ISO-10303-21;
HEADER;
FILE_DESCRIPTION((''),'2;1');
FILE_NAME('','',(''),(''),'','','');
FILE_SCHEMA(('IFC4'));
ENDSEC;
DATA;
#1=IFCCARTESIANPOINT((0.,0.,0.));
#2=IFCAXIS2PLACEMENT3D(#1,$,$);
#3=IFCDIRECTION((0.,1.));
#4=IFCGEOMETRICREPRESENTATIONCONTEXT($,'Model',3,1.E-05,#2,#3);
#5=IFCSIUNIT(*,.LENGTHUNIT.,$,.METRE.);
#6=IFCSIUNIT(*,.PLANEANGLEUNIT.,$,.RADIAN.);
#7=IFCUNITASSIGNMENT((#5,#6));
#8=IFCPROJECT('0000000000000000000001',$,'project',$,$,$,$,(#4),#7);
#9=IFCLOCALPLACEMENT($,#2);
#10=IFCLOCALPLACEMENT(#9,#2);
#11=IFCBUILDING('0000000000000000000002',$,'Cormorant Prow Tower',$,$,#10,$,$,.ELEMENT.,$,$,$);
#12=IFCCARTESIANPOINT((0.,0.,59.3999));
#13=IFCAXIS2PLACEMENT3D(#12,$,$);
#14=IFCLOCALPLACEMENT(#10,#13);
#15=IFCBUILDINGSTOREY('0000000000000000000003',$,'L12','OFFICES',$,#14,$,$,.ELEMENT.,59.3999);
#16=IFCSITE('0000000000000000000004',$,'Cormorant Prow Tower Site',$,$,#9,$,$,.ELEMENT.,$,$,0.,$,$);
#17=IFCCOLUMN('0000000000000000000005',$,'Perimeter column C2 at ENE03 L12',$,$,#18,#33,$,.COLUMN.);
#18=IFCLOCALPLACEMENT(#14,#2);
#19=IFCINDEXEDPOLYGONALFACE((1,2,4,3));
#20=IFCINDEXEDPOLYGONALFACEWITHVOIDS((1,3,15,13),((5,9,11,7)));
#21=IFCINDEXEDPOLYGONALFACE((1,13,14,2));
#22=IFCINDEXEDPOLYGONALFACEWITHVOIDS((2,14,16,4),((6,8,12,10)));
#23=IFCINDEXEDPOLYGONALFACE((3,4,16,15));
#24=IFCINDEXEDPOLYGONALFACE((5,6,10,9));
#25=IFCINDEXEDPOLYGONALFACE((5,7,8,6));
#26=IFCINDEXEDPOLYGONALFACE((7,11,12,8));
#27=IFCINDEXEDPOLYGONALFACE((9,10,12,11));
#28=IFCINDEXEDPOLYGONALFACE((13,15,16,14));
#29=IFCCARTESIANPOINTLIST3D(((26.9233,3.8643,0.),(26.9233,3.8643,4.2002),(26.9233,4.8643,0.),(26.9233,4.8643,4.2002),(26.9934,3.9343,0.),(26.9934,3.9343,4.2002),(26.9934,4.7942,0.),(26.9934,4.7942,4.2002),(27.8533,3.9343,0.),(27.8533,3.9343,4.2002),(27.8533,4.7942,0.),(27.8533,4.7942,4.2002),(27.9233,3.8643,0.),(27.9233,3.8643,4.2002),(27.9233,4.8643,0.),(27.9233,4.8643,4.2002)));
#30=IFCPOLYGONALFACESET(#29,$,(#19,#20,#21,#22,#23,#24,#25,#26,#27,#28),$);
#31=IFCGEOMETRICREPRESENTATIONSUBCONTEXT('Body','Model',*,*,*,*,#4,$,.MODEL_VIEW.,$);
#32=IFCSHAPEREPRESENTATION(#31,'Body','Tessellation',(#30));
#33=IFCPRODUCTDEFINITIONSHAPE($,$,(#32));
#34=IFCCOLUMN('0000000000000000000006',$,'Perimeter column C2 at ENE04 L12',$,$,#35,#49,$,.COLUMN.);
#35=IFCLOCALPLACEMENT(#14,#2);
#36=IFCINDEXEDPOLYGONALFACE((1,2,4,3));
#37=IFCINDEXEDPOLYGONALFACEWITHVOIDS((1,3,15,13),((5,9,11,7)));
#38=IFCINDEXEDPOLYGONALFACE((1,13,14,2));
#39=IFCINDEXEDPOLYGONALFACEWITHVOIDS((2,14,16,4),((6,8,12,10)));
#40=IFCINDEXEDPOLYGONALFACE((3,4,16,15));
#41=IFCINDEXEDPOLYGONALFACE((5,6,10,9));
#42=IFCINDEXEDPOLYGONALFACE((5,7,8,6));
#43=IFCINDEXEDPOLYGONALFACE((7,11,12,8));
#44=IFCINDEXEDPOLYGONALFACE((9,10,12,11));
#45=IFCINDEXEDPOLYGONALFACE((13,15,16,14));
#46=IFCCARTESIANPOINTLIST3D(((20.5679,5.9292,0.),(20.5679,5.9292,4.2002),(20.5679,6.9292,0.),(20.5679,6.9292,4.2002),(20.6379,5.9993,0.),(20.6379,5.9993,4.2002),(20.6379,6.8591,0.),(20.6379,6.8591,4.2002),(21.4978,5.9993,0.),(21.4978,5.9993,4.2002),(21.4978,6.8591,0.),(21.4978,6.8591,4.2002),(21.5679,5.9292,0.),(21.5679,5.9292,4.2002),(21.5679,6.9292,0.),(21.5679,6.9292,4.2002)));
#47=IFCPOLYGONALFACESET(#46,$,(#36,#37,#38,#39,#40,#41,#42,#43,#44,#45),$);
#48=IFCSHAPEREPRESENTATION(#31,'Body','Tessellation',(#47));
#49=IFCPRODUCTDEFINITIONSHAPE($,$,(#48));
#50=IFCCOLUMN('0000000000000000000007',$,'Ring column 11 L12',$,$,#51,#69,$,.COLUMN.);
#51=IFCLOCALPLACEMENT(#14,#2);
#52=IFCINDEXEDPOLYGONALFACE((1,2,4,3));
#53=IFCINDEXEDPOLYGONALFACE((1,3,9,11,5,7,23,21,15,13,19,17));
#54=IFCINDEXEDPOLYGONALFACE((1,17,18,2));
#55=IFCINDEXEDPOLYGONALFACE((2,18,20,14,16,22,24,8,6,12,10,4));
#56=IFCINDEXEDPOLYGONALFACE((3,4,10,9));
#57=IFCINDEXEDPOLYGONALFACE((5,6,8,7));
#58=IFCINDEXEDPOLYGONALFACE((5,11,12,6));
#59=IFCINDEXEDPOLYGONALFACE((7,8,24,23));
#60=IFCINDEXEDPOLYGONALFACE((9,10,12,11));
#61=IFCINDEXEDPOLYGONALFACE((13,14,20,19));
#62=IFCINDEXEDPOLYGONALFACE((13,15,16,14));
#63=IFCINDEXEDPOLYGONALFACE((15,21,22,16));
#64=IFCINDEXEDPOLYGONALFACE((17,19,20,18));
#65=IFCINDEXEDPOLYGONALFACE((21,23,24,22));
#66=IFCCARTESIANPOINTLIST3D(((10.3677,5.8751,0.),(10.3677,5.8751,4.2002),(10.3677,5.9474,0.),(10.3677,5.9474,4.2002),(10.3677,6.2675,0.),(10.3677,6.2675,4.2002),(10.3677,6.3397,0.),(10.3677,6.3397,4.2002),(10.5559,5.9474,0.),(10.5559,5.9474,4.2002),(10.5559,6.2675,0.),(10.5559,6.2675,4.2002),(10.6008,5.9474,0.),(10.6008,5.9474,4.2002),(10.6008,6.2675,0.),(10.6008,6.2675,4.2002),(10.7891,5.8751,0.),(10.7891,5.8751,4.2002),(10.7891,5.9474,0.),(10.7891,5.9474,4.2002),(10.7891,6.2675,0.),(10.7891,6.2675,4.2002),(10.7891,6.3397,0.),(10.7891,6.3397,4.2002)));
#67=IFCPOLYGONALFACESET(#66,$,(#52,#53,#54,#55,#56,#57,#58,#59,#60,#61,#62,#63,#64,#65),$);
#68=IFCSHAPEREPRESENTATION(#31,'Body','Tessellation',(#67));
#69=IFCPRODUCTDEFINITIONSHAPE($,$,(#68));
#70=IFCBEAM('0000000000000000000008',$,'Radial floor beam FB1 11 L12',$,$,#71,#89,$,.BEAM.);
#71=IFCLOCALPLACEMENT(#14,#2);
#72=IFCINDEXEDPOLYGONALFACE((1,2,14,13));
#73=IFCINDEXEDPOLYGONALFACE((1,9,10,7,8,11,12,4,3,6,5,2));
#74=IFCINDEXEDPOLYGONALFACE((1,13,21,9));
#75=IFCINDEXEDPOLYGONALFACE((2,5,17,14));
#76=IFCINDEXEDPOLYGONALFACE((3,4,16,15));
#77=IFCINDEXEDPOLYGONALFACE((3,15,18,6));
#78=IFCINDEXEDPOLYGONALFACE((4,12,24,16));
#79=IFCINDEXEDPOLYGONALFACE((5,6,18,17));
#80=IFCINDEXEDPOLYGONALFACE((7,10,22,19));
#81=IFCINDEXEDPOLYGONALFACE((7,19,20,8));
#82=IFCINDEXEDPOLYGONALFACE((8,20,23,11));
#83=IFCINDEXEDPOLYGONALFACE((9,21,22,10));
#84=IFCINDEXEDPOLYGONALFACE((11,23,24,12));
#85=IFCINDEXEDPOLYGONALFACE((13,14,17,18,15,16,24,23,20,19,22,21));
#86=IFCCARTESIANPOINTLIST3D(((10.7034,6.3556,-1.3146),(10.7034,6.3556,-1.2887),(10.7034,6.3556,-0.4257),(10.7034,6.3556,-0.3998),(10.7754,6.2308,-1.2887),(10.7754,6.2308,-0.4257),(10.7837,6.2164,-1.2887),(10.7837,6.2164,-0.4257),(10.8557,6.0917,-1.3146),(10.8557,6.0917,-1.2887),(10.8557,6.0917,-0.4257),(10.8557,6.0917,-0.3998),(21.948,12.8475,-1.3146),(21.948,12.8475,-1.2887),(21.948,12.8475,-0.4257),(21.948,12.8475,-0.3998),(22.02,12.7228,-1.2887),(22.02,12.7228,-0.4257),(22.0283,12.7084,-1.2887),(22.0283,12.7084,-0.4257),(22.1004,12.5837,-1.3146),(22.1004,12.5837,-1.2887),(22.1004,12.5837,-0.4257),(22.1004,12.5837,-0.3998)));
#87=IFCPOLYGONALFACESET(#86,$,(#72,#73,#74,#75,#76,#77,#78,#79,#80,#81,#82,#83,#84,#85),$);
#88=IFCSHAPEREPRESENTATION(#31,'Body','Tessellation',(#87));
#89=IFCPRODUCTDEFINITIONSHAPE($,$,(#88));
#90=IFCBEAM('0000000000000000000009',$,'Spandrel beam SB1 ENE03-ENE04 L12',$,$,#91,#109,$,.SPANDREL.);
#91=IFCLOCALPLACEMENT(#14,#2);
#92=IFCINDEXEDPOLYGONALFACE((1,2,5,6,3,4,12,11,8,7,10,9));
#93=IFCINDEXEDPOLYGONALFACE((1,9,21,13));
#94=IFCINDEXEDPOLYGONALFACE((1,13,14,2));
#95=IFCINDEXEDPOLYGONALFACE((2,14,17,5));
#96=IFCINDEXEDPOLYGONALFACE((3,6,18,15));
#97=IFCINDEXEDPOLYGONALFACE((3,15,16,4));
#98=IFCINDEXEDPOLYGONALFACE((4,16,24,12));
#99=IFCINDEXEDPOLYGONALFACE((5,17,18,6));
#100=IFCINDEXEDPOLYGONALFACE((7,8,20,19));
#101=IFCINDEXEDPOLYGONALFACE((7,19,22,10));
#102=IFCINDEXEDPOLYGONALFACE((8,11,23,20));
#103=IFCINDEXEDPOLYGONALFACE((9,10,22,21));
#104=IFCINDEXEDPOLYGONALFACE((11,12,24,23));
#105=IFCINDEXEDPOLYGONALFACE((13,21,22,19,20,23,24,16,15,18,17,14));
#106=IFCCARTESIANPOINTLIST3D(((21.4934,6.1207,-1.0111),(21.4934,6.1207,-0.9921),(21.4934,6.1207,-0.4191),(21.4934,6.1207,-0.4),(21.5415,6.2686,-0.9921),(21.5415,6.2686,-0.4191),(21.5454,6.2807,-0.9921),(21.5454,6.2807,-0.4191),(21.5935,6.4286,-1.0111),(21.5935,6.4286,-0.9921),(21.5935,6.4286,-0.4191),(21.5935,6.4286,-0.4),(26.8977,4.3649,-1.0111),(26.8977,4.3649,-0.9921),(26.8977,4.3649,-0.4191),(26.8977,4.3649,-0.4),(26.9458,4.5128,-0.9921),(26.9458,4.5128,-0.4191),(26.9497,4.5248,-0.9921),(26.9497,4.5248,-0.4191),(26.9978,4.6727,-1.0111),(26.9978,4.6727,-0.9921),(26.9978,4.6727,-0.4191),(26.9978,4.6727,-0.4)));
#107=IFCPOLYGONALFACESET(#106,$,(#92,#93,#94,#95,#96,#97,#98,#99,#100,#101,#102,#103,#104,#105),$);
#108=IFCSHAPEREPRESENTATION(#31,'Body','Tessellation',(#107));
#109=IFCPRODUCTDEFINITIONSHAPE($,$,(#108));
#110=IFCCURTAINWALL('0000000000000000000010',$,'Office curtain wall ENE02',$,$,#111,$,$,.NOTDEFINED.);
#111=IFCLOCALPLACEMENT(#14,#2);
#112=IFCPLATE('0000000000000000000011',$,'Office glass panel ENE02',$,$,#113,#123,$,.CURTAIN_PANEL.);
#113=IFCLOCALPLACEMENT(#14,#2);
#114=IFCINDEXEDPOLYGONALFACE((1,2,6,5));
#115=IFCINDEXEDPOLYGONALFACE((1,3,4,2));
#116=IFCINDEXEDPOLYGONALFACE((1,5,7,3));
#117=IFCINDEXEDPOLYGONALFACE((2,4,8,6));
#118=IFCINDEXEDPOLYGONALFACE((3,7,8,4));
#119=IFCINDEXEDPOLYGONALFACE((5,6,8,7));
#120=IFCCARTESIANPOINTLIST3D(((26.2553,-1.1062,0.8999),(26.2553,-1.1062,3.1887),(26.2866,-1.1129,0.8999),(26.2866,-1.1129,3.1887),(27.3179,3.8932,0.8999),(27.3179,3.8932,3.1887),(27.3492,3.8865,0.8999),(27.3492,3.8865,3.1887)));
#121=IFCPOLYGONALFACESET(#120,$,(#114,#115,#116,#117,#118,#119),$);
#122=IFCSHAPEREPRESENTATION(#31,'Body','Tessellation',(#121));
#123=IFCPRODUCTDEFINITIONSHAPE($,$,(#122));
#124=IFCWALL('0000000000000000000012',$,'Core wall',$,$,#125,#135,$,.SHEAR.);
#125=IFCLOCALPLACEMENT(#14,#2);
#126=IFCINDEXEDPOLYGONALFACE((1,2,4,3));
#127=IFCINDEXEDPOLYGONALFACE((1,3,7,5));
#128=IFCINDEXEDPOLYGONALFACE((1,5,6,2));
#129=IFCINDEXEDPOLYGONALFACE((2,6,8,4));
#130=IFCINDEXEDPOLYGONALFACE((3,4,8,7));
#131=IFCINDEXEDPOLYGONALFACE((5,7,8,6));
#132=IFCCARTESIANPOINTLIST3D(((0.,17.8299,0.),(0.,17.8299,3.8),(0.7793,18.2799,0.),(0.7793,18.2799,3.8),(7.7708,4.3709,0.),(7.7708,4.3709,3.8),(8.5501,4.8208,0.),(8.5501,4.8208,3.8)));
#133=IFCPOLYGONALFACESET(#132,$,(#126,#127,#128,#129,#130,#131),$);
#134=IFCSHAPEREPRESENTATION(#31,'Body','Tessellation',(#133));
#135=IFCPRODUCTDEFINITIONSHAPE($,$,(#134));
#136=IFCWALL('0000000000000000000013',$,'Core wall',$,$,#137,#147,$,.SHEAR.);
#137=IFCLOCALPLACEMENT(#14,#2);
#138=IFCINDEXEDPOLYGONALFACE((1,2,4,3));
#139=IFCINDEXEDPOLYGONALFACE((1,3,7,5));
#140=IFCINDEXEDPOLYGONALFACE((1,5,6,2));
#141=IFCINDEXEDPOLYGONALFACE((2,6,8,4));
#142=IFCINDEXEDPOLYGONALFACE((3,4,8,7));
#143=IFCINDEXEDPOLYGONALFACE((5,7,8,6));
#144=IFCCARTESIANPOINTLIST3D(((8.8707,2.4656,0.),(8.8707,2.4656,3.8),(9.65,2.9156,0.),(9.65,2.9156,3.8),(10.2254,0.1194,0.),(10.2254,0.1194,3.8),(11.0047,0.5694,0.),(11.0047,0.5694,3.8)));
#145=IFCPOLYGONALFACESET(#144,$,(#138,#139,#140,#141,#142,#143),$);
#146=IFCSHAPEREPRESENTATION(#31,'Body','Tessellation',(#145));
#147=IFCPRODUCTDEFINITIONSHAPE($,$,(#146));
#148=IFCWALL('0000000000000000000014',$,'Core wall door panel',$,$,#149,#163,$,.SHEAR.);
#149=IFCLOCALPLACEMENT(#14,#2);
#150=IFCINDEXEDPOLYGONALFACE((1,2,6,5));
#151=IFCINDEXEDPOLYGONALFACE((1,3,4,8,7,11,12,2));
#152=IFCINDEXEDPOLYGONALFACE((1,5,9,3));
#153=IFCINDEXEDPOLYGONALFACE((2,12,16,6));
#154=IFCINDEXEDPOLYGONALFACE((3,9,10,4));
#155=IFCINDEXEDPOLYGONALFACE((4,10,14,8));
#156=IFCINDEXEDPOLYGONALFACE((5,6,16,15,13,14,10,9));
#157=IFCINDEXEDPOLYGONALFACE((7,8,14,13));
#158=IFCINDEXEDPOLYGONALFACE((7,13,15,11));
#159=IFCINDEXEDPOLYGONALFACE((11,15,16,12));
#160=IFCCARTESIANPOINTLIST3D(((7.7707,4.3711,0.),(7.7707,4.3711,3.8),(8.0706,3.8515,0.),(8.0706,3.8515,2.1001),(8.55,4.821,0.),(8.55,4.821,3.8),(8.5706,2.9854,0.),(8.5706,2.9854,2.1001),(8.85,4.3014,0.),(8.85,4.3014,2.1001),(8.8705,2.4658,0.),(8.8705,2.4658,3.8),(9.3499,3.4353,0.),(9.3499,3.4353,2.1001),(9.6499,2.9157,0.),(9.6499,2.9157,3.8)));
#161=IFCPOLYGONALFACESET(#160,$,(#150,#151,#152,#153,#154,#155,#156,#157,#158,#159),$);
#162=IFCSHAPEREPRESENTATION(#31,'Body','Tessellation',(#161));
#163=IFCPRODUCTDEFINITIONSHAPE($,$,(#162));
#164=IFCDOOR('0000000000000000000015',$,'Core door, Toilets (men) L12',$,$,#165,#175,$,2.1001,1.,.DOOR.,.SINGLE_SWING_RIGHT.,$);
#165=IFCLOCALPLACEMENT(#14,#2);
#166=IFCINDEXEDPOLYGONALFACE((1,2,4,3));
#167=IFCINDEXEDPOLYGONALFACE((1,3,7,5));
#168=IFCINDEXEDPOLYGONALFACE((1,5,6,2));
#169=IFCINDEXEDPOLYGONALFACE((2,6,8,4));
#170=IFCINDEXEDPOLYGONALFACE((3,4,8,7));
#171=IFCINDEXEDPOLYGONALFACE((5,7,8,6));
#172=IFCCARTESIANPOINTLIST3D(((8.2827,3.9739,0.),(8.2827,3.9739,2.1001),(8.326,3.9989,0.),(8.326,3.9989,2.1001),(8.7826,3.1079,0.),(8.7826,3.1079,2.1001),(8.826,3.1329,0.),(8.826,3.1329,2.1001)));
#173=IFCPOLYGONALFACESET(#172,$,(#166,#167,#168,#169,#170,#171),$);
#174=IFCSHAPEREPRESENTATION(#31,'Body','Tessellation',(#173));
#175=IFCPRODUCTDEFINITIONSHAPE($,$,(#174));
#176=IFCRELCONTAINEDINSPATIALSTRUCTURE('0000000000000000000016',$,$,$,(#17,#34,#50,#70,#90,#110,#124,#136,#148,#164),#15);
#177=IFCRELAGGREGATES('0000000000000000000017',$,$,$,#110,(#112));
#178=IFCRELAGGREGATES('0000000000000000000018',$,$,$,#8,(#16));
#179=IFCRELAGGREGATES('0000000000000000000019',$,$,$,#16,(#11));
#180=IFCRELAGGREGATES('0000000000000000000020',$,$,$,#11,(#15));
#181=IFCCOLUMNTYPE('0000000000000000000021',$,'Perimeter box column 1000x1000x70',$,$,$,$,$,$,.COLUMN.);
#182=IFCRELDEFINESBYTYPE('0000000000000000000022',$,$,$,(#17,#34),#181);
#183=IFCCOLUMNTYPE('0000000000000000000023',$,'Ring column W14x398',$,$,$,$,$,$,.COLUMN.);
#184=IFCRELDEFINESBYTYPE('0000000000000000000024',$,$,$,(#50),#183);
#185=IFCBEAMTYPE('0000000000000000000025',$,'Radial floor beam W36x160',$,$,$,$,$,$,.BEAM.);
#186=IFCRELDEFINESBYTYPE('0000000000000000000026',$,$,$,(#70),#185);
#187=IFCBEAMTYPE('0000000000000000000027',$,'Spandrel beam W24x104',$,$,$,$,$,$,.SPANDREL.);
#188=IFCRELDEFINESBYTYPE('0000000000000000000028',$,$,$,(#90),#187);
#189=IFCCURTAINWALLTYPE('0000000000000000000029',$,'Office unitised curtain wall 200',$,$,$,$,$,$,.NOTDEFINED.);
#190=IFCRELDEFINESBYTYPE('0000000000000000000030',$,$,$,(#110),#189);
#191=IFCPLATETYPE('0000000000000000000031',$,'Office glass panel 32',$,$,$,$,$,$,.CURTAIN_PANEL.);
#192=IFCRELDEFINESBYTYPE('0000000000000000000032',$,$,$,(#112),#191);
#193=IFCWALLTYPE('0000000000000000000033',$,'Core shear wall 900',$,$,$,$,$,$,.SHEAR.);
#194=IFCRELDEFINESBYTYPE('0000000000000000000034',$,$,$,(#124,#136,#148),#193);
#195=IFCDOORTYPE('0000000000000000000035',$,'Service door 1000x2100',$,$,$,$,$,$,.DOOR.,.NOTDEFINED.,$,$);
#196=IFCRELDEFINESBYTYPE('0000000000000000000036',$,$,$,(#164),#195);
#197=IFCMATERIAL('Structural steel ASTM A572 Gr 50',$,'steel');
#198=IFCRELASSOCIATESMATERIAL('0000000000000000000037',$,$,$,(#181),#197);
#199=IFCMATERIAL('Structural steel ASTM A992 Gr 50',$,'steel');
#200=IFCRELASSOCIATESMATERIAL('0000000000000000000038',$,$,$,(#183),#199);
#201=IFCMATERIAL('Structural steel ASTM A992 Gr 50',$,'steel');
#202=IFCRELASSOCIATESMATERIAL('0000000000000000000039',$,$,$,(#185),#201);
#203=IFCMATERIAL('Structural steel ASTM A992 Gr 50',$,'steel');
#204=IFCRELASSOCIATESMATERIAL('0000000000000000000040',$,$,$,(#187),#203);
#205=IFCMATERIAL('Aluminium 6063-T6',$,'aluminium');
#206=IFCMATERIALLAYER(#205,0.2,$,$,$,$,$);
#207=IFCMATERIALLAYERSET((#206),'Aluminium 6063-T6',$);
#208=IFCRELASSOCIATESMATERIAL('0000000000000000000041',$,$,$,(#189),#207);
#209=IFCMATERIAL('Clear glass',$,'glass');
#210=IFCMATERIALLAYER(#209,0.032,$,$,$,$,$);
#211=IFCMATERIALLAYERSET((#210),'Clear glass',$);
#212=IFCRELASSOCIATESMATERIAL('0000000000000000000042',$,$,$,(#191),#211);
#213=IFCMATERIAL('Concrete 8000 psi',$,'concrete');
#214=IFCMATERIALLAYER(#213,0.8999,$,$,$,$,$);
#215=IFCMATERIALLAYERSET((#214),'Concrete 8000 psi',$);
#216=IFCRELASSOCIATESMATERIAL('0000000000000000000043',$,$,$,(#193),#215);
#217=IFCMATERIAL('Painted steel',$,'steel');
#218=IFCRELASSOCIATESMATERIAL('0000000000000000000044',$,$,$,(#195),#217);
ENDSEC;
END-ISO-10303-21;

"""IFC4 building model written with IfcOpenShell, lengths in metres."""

from ifc_helpers import new_model, si_unit, direction, frame, frame_2d, origin, origin_2d, place, context, subcontext, project, spatial, rectangle, hollow_rectangle, i_section, extrude, material, layer, layer_set, material_profile, profile_set, type_object, element, fill, aggregate, save


model = new_model("IFC4")

# Units and contexts
model_context = context("Model", 3, precision=1e-05, world=origin(), true_north=direction((0.0, 1.0)))
body_context = subcontext(model_context, "Body", "Model", "MODEL_VIEW")
ifc_project = project(units=[si_unit("LENGTHUNIT", "METRE"), si_unit("PLANEANGLEUNIT", "RADIAN")], contexts=[model_context])

# Site, building, storey
site_placement = place(None, origin())
site = spatial("IfcSite", under=ifc_project, at=site_placement, Name="Cormorant Prow Tower Site", CompositionType="ELEMENT", RefElevation=0.0)
building_placement = place(site_placement, origin())
building = spatial("IfcBuilding", under=site, at=building_placement, Name="Cormorant Prow Tower", CompositionType="ELEMENT")
storey_placement = place(building_placement, frame((0.0, 0.0, 59.3999)))
storey = spatial("IfcBuildingStorey", under=building, at=storey_placement, Name="L12", Description="OFFICES", CompositionType="ELEMENT", Elevation=59.3999)

# Columns
ifc_material_1 = material(Name="Structural steel ASTM A572 Gr 50", Category="steel")
ifc_material_profile_1 = material_profile(ifc_material_1, hollow_rectangle(XDim=1.0, YDim=1.0, WallThickness=0.0701, at=origin_2d()), Name="Box 1000x1000x70")
ifc_profile_set_1 = profile_set([ifc_material_profile_1], Name="Structural steel ASTM A572 Gr 50")
column_type_1 = type_object("IfcColumnType", Name="Perimeter box column 1000x1000x70", PredefinedType="COLUMN", material=ifc_profile_set_1)
for number, where, z_axis, x_axis, name in (
    (1, (27.4233, 4.3643, 0.0), (0.0, 0.0, 1.0), (1.0, 0.0, 0.0), "Perimeter column C2 at ENE03 L12"),
    (2, (21.0679, 6.4292, 0.0), (0.0, 0.0, 1.0), (1.0, 0.0, 0.0), "Perimeter column C2 at ENE04 L12"),
):
    element("IfcColumn", number, at=place(storey_placement, frame(where, z_axis=z_axis, x_axis=x_axis)), inside=storey, type_object=column_type_1, Name=name, PredefinedType="COLUMN", context=body_context, shape_type="SweptSolid", body=[
        extrude(hollow_rectangle(XDim=1.0, YDim=1.0, WallThickness=0.0701, at=origin_2d()), origin(), (0.0, 0.0, 1.0), 4.2002),
    ])
ifc_material_2 = material(Name="Structural steel ASTM A992 Gr 50", Category="steel")
ifc_material_profile_2 = material_profile(ifc_material_2, i_section(OverallWidth=0.4214, OverallDepth=0.4646, WebThickness=0.0449, FlangeThickness=0.0723, at=origin_2d()), Name="W14x398")
ifc_profile_set_2 = profile_set([ifc_material_profile_2], Name="Structural steel ASTM A992 Gr 50")
column_type_2 = type_object("IfcColumnType", Name="Ring column W14x398", PredefinedType="COLUMN", material=ifc_profile_set_2)
column_placement = place(storey_placement, frame((10.5784, 6.1074, 0.0), z_axis=(0.0, 0.0, 1.0), x_axis=(1.0, 0.0, 0.0)))
element("IfcColumn", 3, at=column_placement, inside=storey, type_object=column_type_2, Name="Ring column 11 L12", PredefinedType="COLUMN", context=body_context, shape_type="SweptSolid", body=[
    extrude(i_section(OverallWidth=0.4214, OverallDepth=0.4646, WebThickness=0.0449, FlangeThickness=0.0723, at=origin_2d()), origin(), (0.0, 0.0, 1.0), 4.2002),
])

# Beams
ifc_material_3 = material(Name="Structural steel ASTM A992 Gr 50", Category="steel")
ifc_material_profile_3 = material_profile(ifc_material_3, i_section(OverallWidth=0.3047, OverallDepth=0.9148, WebThickness=0.0166, FlangeThickness=0.0259, at=origin_2d()), Name="W36x160")
ifc_profile_set_3 = profile_set([ifc_material_profile_3], Name="Structural steel ASTM A992 Gr 50")
beam_type_1 = type_object("IfcBeamType", Name="Radial floor beam W36x160", PredefinedType="BEAM", material=ifc_profile_set_3)
beam_1_placement = place(storey_placement, frame((10.7795, 6.2236, -0.8572), z_axis=(0.86603, 0.499992, 0.0), x_axis=(-0.499992, 0.86603, 0.0)))
element("IfcBeam", 4, at=beam_1_placement, inside=storey, type_object=beam_type_1, Name="Radial floor beam FB1 11 L12", PredefinedType="BEAM", context=body_context, shape_type="SweptSolid", body=[
    extrude(i_section(OverallWidth=0.3047, OverallDepth=0.9148, WebThickness=0.0166, FlangeThickness=0.0259, at=origin_2d()), origin(), (0.0, 0.0, 1.0), 12.9841),
])
ifc_material_4 = material(Name="Structural steel ASTM A992 Gr 50", Category="steel")
ifc_material_profile_4 = material_profile(ifc_material_4, i_section(OverallWidth=0.3237, OverallDepth=0.6111, WebThickness=0.0127, FlangeThickness=0.019, at=origin_2d()), Name="W24x104")
ifc_profile_set_4 = profile_set([ifc_material_profile_4], Name="Structural steel ASTM A992 Gr 50")
beam_type_2 = type_object("IfcBeamType", Name="Spandrel beam W24x104", PredefinedType="SPANDREL", material=ifc_profile_set_4)
beam_2_placement = place(storey_placement, frame((26.9478, 4.5188, -0.7056), z_axis=(-0.951062, 0.309001, 0.0), x_axis=(-0.309001, -0.951062, 0.0)))
element("IfcBeam", 5, at=beam_2_placement, inside=storey, type_object=beam_type_2, Name="Spandrel beam SB1 ENE03-ENE04 L12", PredefinedType="SPANDREL", context=body_context, shape_type="SweptSolid", body=[
    extrude(i_section(OverallWidth=0.3237, OverallDepth=0.6111, WebThickness=0.0127, FlangeThickness=0.019, at=origin_2d()), origin(), (0.0, 0.0, 1.0), 5.6824),
])

# Curtain wall, plate
ifc_material_5 = material(Name="Aluminium 6063-T6", Category="aluminium")
ifc_layer_1 = layer(ifc_material_5, 0.2)
ifc_layer_set_1 = layer_set([ifc_layer_1], Name="Aluminium 6063-T6")
curtain_wall_type = type_object("IfcCurtainWallType", Name="Office unitised curtain wall 200", PredefinedType="NOTDEFINED", material=ifc_layer_set_1)
curtain_wall_placement = place(storey_placement, origin())
curtain_wall = element("IfcCurtainWall", 6, at=curtain_wall_placement, inside=storey, type_object=curtain_wall_type, Name="Office curtain wall ENE02", PredefinedType="NOTDEFINED")
ifc_material_6 = material(Name="Clear glass", Category="glass")
ifc_layer_2 = layer(ifc_material_6, 0.032)
ifc_layer_set_2 = layer_set([ifc_layer_2], Name="Clear glass")
plate_type = type_object("IfcPlateType", Name="Office glass panel 32", PredefinedType="CURTAIN_PANEL", material=ifc_layer_set_2)
plate_placement = place(storey_placement, frame((26.8022, 1.3901, 0.8999), z_axis=(0.0, 0.0, 1.0), x_axis=(0.207912, 0.978148, 0.0)))
plate = element("IfcPlate", 7, at=plate_placement, type_object=plate_type, Name="Office glass panel ENE02", PredefinedType="CURTAIN_PANEL", context=body_context, shape_type="SweptSolid", body=[
    extrude(rectangle(XDim=5.1111, YDim=0.032, at=origin_2d()), origin(), (0.0, 0.0, 1.0), 2.2888),
])
aggregate(curtain_wall, [plate])

# Walls
ifc_material_7 = material(Name="Concrete 8000 psi", Category="concrete")
ifc_layer_3 = layer(ifc_material_7, 0.8999)
ifc_layer_set_3 = layer_set([ifc_layer_3], Name="Concrete 8000 psi")
wall_type_1 = type_object("IfcWallType", Name="Core shear wall 900", PredefinedType="SHEAR", material=ifc_layer_set_3)
wall_1_placement = place(storey_placement, frame((8.1604, 4.5959, 0.0), z_axis=(0.0, 0.0, 1.0), x_axis=(-0.50001, 0.86602, 0.0)))
element("IfcWall", 8, at=wall_1_placement, inside=storey, type_object=wall_type_1, Name="Core wall", PredefinedType="SHEAR", context=body_context, shape_type="SweptSolid", body=[
    extrude(rectangle(XDim=15.5413, YDim=0.8999, at=frame_2d((7.7705, 0.0))), origin(), (0.0, 0.0, 1.0), 3.8),
])
wall_2_placement = place(storey_placement, frame((10.615, 0.3445, 0.0), z_axis=(0.0, 0.0, 1.0), x_axis=(-0.500045, 0.865999, 0.0)))
element("IfcWall", 9, at=wall_2_placement, inside=storey, type_object=wall_type_1, Name="Core wall", PredefinedType="SHEAR", context=body_context, shape_type="SweptSolid", body=[
    extrude(rectangle(XDim=2.7092, YDim=0.8999, at=frame_2d((1.3545, 0.0))), origin(), (0.0, 0.0, 1.0), 3.8),
])

# Wall, opening, door
wall_3_placement = place(storey_placement, frame((9.2603, 2.6907, 0.0), z_axis=(0.0, 0.0, 1.0), x_axis=(-0.499947, 0.866056, 0.0)))
wall_3 = element("IfcWall", 10, at=wall_3_placement, inside=storey, type_object=wall_type_1, Name="Core wall door panel", PredefinedType="SHEAR", context=body_context, shape_type="SweptSolid", body=[
    extrude(rectangle(XDim=2.2, YDim=0.8999, at=frame_2d((1.1001, 0.0))), origin(), (0.0, 0.0, 1.0), 3.8),
])
opening_1_placement = place(wall_3_placement, frame((0.6001, 0.0, 0.0)))
opening_1 = element("IfcOpeningElement", 11, at=opening_1_placement, cuts=wall_3, PredefinedType="OPENING", context=body_context, shape_type="SweptSolid", body=[
    extrude(rectangle(XDim=1.0, YDim=2.1001, at=frame_2d((0.5, 1.05))), frame((0.0, 0.46, 0.0), z_axis=(0.0, -1.0, 0.0), x_axis=(1.0, 0.0, 0.0)), (0.0, 0.0, 1.0), 0.9199),
])
ifc_material_8 = material(Name="Painted steel", Category="steel")
door_type_1 = type_object("IfcDoorType", Name="Service door 1000x2100", OperationType="NOTDEFINED", PredefinedType="DOOR", material=ifc_material_8)
door_1_placement = place(opening_1_placement, origin())
door_1 = element("IfcDoor", 12, at=door_1_placement, inside=storey, type_object=door_type_1, Name="Core door, Toilets (men) L12", OperationType="SINGLE_SWING_RIGHT", OverallHeight=2.1001, OverallWidth=1.0, PredefinedType="DOOR", context=body_context, shape_type="SweptSolid", body=[
    extrude(rectangle(XDim=1.0, YDim=2.1001, at=frame_2d((0.5, 1.05))), frame((0.0, 0.2051, 0.0), z_axis=(0.0, -1.0, 0.0), x_axis=(1.0, 0.0, 0.0)), (0.0, 0.0, 1.0), 0.05),
])
fill(opening_1, door_1)

save(model, "model.ifc")
